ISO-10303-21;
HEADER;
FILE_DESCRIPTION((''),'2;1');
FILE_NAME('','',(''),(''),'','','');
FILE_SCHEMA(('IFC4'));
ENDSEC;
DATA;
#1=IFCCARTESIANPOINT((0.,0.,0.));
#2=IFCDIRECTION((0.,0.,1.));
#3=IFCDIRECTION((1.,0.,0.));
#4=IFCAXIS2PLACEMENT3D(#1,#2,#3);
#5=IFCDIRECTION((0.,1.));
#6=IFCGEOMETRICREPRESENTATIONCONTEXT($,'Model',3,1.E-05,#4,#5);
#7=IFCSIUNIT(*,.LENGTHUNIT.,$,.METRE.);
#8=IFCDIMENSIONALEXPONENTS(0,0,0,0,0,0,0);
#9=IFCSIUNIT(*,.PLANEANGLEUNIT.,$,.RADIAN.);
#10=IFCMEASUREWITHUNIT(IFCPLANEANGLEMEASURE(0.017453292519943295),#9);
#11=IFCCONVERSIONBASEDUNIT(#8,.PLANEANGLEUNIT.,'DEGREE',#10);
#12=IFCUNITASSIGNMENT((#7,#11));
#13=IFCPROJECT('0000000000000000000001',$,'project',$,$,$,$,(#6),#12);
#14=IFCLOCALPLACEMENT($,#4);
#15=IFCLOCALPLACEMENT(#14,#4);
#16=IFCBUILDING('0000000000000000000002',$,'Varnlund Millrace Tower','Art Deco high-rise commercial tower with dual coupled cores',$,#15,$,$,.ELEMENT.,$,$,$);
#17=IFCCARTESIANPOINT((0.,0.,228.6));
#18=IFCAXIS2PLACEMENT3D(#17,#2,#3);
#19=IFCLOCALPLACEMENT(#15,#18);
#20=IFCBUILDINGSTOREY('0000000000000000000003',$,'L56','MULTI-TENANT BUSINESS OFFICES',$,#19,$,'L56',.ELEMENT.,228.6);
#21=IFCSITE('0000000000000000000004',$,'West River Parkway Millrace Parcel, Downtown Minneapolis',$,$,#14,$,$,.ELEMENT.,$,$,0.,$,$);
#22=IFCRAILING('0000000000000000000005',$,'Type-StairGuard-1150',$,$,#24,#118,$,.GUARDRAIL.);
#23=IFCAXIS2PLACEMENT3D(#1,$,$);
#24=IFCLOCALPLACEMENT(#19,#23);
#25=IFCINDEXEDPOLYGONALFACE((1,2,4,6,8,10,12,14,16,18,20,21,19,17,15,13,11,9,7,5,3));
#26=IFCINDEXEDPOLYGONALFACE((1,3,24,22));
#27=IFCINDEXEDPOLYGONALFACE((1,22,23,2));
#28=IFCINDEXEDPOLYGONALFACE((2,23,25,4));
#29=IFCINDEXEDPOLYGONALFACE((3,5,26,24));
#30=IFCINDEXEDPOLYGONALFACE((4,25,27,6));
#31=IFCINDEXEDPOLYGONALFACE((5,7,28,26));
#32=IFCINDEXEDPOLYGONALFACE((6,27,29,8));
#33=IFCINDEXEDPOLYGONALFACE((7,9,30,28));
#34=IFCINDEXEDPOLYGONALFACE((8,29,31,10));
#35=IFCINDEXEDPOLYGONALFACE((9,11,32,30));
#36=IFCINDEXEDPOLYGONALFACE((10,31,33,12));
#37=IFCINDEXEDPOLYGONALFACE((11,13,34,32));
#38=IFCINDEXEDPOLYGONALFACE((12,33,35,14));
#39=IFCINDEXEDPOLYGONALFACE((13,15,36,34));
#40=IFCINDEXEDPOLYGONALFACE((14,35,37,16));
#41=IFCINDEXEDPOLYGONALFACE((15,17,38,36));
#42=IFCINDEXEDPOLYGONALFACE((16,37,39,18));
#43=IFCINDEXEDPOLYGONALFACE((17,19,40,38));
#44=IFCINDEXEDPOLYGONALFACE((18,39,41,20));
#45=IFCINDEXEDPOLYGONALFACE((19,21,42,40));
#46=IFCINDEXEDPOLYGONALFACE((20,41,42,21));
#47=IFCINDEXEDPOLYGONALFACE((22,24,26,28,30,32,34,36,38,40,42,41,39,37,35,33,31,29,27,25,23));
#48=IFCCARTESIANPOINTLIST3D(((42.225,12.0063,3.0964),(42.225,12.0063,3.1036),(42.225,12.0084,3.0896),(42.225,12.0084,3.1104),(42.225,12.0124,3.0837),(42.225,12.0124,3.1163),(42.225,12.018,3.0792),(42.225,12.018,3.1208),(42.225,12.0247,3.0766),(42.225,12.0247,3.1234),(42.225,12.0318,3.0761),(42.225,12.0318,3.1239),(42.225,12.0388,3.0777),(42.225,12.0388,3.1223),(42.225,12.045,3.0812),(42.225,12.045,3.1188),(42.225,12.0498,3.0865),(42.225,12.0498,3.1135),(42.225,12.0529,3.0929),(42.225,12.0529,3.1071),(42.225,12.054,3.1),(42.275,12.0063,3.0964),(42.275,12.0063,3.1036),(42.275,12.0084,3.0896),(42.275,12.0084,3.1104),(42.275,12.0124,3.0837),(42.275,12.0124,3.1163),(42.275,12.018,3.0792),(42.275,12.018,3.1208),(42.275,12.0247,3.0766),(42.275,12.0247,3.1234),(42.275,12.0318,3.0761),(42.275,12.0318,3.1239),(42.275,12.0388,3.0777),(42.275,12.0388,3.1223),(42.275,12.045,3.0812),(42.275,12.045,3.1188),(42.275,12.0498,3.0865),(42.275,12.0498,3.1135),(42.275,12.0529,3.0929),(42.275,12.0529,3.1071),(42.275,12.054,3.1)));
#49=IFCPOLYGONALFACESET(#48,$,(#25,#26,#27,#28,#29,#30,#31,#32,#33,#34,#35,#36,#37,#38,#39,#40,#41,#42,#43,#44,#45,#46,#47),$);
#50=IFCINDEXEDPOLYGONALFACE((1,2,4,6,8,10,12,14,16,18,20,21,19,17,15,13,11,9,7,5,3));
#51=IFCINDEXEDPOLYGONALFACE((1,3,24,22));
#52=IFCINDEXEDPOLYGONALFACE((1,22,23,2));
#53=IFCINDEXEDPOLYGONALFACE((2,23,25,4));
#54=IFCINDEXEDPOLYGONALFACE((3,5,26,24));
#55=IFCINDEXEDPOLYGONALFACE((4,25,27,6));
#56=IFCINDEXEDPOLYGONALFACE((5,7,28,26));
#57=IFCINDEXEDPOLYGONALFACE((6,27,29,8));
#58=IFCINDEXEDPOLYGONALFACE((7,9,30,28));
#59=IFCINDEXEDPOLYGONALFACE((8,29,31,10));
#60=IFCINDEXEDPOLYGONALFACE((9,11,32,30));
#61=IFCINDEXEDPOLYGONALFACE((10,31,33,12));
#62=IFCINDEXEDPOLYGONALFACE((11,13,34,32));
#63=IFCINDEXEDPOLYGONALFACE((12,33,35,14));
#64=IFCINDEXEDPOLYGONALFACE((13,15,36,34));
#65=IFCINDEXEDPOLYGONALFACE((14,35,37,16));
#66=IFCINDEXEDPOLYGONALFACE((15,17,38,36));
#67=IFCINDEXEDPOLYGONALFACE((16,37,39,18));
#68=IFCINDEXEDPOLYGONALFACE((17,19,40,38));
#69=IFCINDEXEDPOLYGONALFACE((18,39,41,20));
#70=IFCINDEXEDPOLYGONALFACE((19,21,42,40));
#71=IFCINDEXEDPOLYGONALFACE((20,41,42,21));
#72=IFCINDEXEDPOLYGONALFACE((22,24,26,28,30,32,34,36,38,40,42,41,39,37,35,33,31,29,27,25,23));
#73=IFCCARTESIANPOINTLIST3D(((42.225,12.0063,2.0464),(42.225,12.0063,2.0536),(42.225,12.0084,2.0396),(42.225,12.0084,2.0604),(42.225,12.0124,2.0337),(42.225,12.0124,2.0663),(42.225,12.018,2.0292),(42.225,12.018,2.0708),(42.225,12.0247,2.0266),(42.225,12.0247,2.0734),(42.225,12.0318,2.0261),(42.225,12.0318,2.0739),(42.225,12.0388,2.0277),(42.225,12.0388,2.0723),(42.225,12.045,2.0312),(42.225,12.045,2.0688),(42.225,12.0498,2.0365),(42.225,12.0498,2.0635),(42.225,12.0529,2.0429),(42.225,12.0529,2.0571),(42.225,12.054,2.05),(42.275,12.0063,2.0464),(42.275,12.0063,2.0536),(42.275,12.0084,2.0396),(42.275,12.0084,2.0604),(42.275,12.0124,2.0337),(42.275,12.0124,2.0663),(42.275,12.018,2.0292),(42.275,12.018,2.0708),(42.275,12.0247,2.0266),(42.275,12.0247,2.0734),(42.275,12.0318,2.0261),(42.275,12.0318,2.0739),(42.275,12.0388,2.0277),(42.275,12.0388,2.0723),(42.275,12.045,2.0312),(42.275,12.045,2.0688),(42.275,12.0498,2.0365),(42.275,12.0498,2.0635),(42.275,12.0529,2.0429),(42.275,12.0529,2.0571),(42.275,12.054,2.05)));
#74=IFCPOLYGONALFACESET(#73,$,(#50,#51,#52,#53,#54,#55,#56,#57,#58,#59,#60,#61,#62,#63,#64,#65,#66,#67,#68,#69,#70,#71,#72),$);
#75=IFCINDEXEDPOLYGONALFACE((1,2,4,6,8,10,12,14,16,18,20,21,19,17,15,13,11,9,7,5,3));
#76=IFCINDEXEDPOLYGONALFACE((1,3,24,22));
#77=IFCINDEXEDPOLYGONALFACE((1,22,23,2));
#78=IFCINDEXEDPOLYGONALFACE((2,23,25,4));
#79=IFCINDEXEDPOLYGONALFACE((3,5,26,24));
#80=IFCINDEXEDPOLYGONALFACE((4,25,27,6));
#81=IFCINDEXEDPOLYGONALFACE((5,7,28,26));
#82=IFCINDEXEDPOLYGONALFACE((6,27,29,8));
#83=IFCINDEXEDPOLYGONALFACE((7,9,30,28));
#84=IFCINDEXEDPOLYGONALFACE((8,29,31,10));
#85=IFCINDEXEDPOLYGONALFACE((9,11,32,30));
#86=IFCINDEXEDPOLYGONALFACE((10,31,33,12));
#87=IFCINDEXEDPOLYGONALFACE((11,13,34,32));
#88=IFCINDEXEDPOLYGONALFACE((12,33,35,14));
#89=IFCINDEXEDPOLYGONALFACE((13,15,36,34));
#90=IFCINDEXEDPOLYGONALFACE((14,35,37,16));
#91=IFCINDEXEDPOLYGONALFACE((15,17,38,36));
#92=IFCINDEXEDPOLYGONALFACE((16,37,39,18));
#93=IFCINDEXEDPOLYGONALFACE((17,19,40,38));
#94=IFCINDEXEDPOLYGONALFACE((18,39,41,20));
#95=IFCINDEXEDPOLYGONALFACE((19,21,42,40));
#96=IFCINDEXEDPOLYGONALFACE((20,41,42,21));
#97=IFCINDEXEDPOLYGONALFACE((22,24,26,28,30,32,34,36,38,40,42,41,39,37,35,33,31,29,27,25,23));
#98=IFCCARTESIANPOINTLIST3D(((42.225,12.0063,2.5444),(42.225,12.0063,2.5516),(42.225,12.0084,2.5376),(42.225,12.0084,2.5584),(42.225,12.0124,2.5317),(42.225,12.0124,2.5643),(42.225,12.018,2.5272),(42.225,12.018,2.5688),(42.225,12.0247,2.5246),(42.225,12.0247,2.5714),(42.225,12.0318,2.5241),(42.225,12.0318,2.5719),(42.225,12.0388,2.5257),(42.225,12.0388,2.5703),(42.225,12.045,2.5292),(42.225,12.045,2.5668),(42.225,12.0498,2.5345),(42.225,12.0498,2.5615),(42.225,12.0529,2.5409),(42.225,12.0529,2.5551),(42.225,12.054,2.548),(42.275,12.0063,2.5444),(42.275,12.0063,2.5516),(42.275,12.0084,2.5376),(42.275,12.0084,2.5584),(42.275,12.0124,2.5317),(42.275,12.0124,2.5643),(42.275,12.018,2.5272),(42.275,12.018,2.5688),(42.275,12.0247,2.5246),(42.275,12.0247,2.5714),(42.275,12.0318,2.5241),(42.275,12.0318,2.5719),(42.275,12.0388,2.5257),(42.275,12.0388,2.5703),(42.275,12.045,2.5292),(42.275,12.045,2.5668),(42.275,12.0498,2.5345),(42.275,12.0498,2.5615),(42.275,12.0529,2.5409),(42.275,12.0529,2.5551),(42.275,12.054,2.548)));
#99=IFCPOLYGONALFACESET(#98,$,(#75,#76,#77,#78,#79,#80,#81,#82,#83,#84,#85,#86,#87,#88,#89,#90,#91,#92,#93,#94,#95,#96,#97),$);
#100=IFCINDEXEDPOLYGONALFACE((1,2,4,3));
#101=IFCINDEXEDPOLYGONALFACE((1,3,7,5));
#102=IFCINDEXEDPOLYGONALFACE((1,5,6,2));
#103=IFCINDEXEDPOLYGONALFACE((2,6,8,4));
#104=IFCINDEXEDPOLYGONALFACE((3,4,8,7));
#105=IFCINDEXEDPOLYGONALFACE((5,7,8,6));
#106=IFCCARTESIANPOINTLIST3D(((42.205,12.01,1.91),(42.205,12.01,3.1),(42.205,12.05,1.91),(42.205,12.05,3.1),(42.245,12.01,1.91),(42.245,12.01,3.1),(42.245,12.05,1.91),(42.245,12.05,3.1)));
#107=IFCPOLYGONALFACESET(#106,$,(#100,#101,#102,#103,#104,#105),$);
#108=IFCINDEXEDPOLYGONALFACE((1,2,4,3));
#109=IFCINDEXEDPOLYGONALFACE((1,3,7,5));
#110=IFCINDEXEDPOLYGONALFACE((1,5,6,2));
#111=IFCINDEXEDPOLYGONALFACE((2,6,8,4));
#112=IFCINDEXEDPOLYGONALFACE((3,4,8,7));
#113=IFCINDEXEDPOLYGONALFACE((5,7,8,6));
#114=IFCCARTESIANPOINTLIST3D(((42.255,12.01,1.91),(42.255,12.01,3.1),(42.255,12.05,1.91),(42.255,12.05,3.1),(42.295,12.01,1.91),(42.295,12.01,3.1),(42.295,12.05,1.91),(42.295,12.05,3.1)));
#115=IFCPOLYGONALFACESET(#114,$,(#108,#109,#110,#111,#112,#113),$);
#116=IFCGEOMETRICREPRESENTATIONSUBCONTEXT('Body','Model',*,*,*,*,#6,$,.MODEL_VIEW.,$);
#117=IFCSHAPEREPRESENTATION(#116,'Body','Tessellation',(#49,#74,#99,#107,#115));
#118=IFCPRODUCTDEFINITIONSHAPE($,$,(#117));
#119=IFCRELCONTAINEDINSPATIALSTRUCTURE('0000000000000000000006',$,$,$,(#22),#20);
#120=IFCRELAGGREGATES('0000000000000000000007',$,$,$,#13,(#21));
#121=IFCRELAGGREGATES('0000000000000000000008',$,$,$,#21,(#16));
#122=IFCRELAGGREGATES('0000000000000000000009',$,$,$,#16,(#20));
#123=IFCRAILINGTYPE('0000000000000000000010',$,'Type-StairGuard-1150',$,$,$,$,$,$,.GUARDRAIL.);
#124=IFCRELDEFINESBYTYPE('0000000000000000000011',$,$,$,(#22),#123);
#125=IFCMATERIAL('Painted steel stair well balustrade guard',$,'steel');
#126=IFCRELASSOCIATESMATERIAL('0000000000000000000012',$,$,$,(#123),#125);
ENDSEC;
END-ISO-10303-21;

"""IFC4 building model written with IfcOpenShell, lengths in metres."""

from ifc_helpers import new_model, entity, si_unit, converted_unit, direction, frame, origin_with_axes, origin_2d_with_axis, place, context, subcontext, project, spatial, rectangle, circle, extrude, material, type_object, element, save


model = new_model("IFC4")

# Units and contexts
model_context = context("Model", 3, precision=1e-05, world=origin_with_axes(), true_north=direction((0.0, 1.0)))
body_context = subcontext(model_context, "Body", "Model", "MODEL_VIEW")
ifc_project = project(units=[si_unit("LENGTHUNIT", "METRE"), converted_unit("PLANEANGLEUNIT", "DEGREE", entity("IfcPlaneAngleMeasure", 0.017453292519943295), si_unit("PLANEANGLEUNIT", "RADIAN"), dimensions=[0, 0, 0, 0, 0, 0, 0])], contexts=[model_context])

# Site, building, storey
site_placement = place(None, origin_with_axes())
site = spatial("IfcSite", under=ifc_project, at=site_placement, Name="West River Parkway Millrace Parcel, Downtown Minneapolis", CompositionType="ELEMENT", RefElevation=0.0)
building_placement = place(site_placement, origin_with_axes())
building = spatial("IfcBuilding", under=site, at=building_placement, Name="Varnlund Millrace Tower", Description="Art Deco high-rise commercial tower with dual coupled cores", CompositionType="ELEMENT")
storey_placement = place(building_placement, frame((0.0, 0.0, 228.6), z_axis=(0.0, 0.0, 1.0), x_axis=(1.0, 0.0, 0.0)))
storey = spatial("IfcBuildingStorey", under=building, at=storey_placement, Name="L56", Description="MULTI-TENANT BUSINESS OFFICES", LongName="L56", CompositionType="ELEMENT", Elevation=228.6)

# Railing
ifc_material_1 = material(Name="Painted steel stair well balustrade guard", Category="steel")
railing_type_1 = type_object("IfcRailingType", Name="Type-StairGuard-1150", PredefinedType="GUARDRAIL", material=ifc_material_1)
railing_1_placement = place(storey_placement, frame((0.0, 0.0, -228.6), z_axis=(0.0, 0.0, 1.0), x_axis=(1.0, 0.0, 0.0)))
element("IfcRailing", 1, at=railing_1_placement, inside=storey, type_object=railing_type_1, Name="Type-StairGuard-1150", PredefinedType="GUARDRAIL", context=body_context, shape_type="SweptSolid", body=[
    extrude(circle(Radius=0.024, at=origin_2d_with_axis()), frame((42.225, 12.03, 231.7), z_axis=(1.0, 0.0, 0.0), x_axis=(0.0, 1.0, 0.0)), (0.0, 0.0, 1.0), 0.05),
    extrude(circle(Radius=0.024, at=origin_2d_with_axis()), frame((42.225, 12.03, 230.65), z_axis=(1.0, 0.0, 0.0), x_axis=(0.0, 1.0, 0.0)), (0.0, 0.0, 1.0), 0.05),
    extrude(circle(Radius=0.024, at=origin_2d_with_axis()), frame((42.225, 12.03, 231.148), z_axis=(1.0, 0.0, 0.0), x_axis=(0.0, 1.0, 0.0)), (0.0, 0.0, 1.0), 0.05),
    extrude(rectangle(XDim=0.04, YDim=0.04, at=origin_2d_with_axis()), frame((42.225, 12.03, 230.51), z_axis=(0.0, 0.0, 1.0), x_axis=(1.0, 0.0, 0.0)), (0.0, 0.0, 1.0), 1.19),
    extrude(rectangle(XDim=0.04, YDim=0.04, at=origin_2d_with_axis()), frame((42.275, 12.03, 230.51), z_axis=(0.0, 0.0, 1.0), x_axis=(1.0, 0.0, 0.0)), (0.0, 0.0, 1.0), 1.19),
])

save(model, "model.ifc")
